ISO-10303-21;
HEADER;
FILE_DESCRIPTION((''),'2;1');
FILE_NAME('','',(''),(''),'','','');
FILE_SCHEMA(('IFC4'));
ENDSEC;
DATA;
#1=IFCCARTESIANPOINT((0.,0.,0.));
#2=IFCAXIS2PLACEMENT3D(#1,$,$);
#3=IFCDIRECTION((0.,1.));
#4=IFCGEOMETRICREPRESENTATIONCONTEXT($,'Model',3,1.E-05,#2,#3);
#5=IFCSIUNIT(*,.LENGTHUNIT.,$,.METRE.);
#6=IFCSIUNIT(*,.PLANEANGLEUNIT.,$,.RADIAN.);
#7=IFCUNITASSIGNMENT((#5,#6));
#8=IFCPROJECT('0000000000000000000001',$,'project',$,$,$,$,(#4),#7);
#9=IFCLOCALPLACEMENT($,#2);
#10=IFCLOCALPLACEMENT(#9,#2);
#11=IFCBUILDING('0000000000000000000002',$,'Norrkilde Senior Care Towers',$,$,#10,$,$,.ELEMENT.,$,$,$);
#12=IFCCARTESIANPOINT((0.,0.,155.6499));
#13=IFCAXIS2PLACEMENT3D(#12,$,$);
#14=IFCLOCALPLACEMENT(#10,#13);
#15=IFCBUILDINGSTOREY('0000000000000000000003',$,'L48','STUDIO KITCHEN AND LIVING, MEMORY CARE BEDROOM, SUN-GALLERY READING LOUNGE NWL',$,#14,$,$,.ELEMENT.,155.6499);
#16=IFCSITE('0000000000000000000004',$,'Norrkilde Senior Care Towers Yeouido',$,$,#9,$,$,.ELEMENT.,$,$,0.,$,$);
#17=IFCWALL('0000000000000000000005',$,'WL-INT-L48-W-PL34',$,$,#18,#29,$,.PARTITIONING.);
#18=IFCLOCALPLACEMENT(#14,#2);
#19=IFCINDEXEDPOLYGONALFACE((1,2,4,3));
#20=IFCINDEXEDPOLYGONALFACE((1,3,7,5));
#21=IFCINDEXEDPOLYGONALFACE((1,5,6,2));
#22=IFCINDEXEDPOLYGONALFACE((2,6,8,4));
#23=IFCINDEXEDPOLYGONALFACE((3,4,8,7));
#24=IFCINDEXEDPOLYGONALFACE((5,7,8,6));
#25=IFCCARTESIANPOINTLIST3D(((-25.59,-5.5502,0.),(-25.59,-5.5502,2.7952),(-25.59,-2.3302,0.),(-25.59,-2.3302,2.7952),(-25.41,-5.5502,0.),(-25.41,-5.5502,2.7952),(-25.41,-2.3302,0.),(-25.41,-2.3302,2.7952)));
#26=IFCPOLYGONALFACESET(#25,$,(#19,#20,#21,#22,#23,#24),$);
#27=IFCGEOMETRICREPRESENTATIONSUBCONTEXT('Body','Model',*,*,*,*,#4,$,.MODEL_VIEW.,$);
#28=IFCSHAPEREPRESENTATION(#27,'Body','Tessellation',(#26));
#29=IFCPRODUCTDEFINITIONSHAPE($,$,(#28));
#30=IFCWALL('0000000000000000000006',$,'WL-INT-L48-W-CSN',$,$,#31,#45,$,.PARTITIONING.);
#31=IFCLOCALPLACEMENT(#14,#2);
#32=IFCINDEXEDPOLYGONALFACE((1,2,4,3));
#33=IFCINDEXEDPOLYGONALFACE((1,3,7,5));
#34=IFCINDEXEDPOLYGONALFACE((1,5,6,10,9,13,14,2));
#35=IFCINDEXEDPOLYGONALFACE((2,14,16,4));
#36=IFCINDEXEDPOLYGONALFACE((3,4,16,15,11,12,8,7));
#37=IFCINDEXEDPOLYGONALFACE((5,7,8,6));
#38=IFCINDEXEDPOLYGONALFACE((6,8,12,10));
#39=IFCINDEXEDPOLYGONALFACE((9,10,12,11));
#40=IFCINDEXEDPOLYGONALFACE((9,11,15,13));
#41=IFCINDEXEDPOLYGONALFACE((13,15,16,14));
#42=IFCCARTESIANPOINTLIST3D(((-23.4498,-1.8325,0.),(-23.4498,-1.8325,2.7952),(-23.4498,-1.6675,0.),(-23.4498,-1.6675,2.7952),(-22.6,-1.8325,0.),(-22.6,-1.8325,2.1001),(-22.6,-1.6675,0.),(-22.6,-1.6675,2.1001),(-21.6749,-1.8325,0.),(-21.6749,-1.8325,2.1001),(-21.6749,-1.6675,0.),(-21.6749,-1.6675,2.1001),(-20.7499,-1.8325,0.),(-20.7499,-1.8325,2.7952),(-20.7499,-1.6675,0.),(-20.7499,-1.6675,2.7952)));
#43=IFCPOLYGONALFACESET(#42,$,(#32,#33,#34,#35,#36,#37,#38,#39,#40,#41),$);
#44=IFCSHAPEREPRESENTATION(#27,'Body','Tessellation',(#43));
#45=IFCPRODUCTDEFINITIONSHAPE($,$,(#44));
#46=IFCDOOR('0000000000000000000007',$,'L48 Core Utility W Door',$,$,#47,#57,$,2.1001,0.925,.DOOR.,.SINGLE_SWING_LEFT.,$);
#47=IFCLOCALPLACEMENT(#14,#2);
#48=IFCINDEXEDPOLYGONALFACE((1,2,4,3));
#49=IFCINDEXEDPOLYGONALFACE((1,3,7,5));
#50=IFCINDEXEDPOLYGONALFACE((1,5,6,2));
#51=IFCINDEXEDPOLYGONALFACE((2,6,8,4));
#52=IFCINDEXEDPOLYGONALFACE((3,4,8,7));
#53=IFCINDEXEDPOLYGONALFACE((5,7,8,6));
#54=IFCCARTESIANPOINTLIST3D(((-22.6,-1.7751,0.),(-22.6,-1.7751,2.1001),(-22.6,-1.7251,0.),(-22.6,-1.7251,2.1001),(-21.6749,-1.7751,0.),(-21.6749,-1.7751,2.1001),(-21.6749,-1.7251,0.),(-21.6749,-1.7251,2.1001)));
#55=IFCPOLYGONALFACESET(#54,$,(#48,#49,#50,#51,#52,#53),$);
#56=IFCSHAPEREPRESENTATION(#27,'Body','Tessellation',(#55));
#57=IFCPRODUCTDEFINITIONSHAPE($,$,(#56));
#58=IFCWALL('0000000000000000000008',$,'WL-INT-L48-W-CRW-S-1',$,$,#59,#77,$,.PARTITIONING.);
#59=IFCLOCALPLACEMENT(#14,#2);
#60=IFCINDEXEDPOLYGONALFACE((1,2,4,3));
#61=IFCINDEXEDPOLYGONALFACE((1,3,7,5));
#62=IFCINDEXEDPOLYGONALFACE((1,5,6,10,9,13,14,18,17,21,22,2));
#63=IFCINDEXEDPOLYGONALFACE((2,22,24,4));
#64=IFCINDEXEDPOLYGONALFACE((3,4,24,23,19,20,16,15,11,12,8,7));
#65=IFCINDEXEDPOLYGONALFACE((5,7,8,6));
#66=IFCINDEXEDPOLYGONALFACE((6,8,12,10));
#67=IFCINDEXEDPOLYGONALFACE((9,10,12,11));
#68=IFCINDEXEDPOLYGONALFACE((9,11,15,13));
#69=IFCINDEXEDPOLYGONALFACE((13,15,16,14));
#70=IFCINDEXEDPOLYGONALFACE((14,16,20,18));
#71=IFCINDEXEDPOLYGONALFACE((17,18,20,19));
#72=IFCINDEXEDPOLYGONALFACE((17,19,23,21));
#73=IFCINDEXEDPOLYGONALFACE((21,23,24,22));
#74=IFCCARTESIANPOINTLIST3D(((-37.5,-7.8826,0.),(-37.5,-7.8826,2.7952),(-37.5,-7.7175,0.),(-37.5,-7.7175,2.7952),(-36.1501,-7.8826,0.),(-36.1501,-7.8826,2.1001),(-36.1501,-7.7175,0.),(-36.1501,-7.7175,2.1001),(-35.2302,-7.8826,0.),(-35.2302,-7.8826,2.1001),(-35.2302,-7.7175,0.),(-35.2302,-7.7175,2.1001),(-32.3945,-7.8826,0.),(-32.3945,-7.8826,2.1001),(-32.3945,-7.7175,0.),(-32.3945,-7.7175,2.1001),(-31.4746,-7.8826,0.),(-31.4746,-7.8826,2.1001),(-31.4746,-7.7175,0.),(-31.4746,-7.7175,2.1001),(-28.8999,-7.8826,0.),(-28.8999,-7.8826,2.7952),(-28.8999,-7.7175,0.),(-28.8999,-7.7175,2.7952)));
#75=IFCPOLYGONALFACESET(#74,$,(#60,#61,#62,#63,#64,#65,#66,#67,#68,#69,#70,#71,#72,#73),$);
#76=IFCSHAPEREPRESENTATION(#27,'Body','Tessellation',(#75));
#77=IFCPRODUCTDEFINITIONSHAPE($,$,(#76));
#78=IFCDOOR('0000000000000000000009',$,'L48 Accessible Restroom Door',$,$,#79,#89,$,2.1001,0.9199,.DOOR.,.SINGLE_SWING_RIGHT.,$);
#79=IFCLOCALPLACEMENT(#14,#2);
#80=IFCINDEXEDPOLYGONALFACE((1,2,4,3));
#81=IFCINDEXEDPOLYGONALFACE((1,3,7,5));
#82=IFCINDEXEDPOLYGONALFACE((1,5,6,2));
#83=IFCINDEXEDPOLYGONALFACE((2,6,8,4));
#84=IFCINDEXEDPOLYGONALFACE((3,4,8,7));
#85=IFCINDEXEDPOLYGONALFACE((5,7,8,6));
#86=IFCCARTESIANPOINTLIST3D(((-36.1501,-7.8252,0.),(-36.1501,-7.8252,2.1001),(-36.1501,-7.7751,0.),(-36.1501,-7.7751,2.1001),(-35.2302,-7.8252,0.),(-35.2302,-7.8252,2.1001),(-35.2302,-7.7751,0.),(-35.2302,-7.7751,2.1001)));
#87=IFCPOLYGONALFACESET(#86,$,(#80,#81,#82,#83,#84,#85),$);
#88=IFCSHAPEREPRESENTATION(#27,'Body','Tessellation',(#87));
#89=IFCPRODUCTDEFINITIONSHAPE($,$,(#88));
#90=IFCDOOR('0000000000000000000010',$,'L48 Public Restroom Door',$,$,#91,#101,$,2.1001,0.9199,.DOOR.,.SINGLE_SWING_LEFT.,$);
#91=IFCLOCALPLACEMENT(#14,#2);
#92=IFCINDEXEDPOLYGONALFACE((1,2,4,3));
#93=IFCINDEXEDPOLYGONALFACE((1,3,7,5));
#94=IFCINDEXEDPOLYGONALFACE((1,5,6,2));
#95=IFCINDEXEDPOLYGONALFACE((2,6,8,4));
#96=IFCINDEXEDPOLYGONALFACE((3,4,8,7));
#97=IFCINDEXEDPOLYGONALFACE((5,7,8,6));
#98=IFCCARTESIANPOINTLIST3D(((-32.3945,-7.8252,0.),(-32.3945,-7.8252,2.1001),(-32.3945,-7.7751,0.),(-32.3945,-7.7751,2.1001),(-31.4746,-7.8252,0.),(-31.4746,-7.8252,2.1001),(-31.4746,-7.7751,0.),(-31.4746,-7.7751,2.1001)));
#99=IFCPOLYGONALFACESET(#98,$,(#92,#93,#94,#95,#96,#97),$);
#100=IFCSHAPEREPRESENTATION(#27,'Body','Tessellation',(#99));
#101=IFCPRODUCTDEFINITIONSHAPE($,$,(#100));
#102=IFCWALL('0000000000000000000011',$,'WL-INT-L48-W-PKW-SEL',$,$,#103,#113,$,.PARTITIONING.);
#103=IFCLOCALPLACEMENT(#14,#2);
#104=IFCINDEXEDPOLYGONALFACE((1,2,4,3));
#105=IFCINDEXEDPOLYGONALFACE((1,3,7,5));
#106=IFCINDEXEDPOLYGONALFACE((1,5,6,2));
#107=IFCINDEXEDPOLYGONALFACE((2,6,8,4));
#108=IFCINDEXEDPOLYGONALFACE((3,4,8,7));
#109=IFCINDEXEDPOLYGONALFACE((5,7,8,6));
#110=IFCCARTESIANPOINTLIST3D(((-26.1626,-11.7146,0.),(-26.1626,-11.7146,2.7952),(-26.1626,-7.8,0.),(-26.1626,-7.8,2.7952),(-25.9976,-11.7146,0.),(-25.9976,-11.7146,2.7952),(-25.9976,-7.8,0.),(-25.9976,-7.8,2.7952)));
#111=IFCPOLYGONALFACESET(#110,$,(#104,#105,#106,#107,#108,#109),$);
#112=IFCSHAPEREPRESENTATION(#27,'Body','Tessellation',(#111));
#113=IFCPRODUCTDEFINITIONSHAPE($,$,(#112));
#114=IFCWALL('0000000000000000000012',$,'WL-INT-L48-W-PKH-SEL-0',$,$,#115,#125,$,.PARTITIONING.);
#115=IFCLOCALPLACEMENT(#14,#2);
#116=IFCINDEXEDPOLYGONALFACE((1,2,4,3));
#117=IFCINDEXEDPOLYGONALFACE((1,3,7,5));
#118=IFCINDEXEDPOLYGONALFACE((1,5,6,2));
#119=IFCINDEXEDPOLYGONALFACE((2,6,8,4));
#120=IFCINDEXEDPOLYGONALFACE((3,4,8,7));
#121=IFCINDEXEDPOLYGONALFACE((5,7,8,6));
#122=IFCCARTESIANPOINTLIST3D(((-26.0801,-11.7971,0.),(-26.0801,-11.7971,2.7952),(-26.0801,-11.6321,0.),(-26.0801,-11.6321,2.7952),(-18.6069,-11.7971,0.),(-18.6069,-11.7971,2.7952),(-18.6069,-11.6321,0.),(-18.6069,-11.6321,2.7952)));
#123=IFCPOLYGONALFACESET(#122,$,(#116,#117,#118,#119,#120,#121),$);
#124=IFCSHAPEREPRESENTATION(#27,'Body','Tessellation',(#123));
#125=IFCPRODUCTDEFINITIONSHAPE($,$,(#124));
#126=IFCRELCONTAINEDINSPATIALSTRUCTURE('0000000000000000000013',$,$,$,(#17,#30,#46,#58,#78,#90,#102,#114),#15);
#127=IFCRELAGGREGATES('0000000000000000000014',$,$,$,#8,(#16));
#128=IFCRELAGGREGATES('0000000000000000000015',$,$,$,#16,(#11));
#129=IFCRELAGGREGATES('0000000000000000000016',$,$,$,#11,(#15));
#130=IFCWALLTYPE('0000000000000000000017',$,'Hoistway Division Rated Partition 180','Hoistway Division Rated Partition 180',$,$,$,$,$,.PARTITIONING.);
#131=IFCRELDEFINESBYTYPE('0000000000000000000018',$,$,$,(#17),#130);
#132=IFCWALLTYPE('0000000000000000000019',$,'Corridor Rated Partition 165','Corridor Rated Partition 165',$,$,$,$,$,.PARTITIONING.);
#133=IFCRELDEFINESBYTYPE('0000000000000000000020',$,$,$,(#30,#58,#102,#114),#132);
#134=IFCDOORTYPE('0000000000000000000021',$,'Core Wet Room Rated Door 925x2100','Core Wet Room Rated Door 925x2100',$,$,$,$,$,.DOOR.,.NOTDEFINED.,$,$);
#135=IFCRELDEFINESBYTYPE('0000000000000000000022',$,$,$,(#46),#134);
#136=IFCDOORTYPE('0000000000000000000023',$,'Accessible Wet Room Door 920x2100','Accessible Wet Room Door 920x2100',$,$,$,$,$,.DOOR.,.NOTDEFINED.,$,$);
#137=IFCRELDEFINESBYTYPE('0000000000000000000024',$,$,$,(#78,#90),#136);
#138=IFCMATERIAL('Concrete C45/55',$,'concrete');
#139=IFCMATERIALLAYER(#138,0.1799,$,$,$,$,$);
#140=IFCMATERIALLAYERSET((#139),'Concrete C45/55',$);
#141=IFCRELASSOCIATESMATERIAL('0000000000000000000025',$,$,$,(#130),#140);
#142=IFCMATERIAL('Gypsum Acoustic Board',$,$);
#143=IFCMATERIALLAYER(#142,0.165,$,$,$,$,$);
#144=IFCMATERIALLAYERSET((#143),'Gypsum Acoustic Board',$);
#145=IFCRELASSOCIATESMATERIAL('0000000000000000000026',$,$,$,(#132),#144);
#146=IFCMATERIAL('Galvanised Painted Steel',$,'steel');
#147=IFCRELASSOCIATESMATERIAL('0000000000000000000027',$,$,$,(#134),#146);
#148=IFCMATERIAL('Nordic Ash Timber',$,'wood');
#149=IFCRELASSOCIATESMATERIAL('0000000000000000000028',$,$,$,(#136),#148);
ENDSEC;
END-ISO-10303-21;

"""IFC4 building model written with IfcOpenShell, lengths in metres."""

from ifc_helpers import new_model, si_unit, direction, frame, frame_2d, origin, place, context, subcontext, project, spatial, rectangle, extrude, source, transform, mapped, material, layer, layer_set, type_object, type_shapes, element, fill, save


model = new_model("IFC4")

# Units and contexts
model_context = context("Model", 3, precision=1e-05, world=origin(), true_north=direction((0.0, 1.0)))
body_context = subcontext(model_context, "Body", "Model", "MODEL_VIEW")
ifc_project = project(units=[si_unit("LENGTHUNIT", "METRE"), si_unit("PLANEANGLEUNIT", "RADIAN")], contexts=[model_context])

# Site, building, storey
site_placement = place(None, origin())
site = spatial("IfcSite", under=ifc_project, at=site_placement, Name="Norrkilde Senior Care Towers Yeouido", CompositionType="ELEMENT", RefElevation=0.0)
building_placement = place(site_placement, origin())
building = spatial("IfcBuilding", under=site, at=building_placement, Name="Norrkilde Senior Care Towers", CompositionType="ELEMENT")
storey_placement = place(building_placement, frame((0.0, 0.0, 155.6499)))
storey = spatial("IfcBuildingStorey", under=building, at=storey_placement, Name="L48", Description="STUDIO KITCHEN AND LIVING, MEMORY CARE BEDROOM, SUN-GALLERY READING LOUNGE NWL", CompositionType="ELEMENT", Elevation=155.6499)

# Shared definitions
ifc_material_1 = material(Name="Concrete C45/55", Category="concrete")

# Wall
ifc_layer_1 = layer(ifc_material_1, 0.1799)
ifc_layer_set_1 = layer_set([ifc_layer_1], Name="Concrete C45/55")
wall_type_1 = type_object("IfcWallType", Name="Hoistway Division Rated Partition 180", Description="Hoistway Division Rated Partition 180", PredefinedType="PARTITIONING", material=ifc_layer_set_1)
shared_shape_1 = source(origin(), body_context, "Body", "SweptSolid", [
    extrude(rectangle(XDim=3.22, YDim=0.1799, at=frame_2d((1.6099, 0.0))), origin(), (0.0, 0.0, 1.0), 2.7952),
])
type_shapes(wall_type_1, [shared_shape_1])
wall_1_placement = place(storey_placement, frame((-25.5, -5.55, 0.0), z_axis=(0.0, 0.0, 1.0), x_axis=(0.0, 1.0, 0.0)))
element("IfcWall", 1, at=wall_1_placement, inside=storey, type_object=wall_type_1, Name="WL-INT-L48-W-PL34", PredefinedType="PARTITIONING", context=body_context, shape_type="MappedRepresentation", body=[
    mapped(shared_shape_1, transform((0.0, 0.0, 0.0), x_axis=(1.0, 0.0, 0.0), y_axis=(0.0, 1.0, 0.0), z_axis=(0.0, 0.0, 1.0), scale=1.0)),
])

# Wall, opening, door
ifc_material_2 = material(Name="Gypsum Acoustic Board")
ifc_layer_2 = layer(ifc_material_2, 0.165)
ifc_layer_set_2 = layer_set([ifc_layer_2], Name="Gypsum Acoustic Board")
wall_type_2 = type_object("IfcWallType", Name="Corridor Rated Partition 165", Description="Corridor Rated Partition 165", PredefinedType="PARTITIONING", material=ifc_layer_set_2)
shared_shape_2 = source(origin(), body_context, "Body", "SweptSolid", [
    extrude(rectangle(XDim=2.7, YDim=0.165, at=frame_2d((1.3501, 0.0))), origin(), (0.0, 0.0, 1.0), 2.7952),
])
wall_2_placement = place(storey_placement, frame((-23.45, -1.75, 0.0), z_axis=(0.0, 0.0, 1.0), x_axis=(1.0, 0.0, 0.0)))
wall_2 = element("IfcWall", 2, at=wall_2_placement, inside=storey, type_object=wall_type_2, Name="WL-INT-L48-W-CSN", PredefinedType="PARTITIONING", context=body_context, shape_type="MappedRepresentation", body=[
    mapped(shared_shape_2, transform((0.0, 0.0, 0.0), x_axis=(1.0, 0.0, 0.0), y_axis=(0.0, 1.0, 0.0), z_axis=(0.0, 0.0, 1.0), scale=1.0)),
])
opening_1_placement = place(wall_2_placement, frame((0.8501, 0.0, 0.0)))
opening_1 = element("IfcOpeningElement", 3, at=opening_1_placement, cuts=wall_2, PredefinedType="OPENING", context=body_context, shape_type="SweptSolid", body=[
    extrude(rectangle(XDim=0.925, YDim=2.1001, at=frame_2d((0.4624, 1.05))), frame((0.0, 0.0925, 0.0), z_axis=(0.0, -1.0, 0.0), x_axis=(1.0, 0.0, 0.0)), (0.0, 0.0, 1.0), 0.1851),
])
ifc_material_3 = material(Name="Galvanised Painted Steel", Category="steel")
door_type_1 = type_object("IfcDoorType", Name="Core Wet Room Rated Door 925x2100", Description="Core Wet Room Rated Door 925x2100", OperationType="NOTDEFINED", PredefinedType="DOOR", material=ifc_material_3)
shared_shape_3 = source(origin(), body_context, "Body", "SweptSolid", [
    extrude(rectangle(XDim=0.925, YDim=2.1001, at=frame_2d((0.4624, 1.05))), frame((0.0, 0.0249, 0.0), z_axis=(0.0, -1.0, 0.0), x_axis=(1.0, 0.0, 0.0)), (0.0, 0.0, 1.0), 0.05),
])
type_shapes(door_type_1, [shared_shape_3])
door_1_placement = place(opening_1_placement, origin())
door_1 = element("IfcDoor", 4, at=door_1_placement, inside=storey, type_object=door_type_1, Name="L48 Core Utility W Door", OperationType="SINGLE_SWING_LEFT", OverallHeight=2.1001, OverallWidth=0.925, PredefinedType="DOOR", context=body_context, shape_type="MappedRepresentation", body=[
    mapped(shared_shape_3, transform((0.0, 0.0, 0.0), x_axis=(1.0, 0.0, 0.0), y_axis=(0.0, 1.0, 0.0), z_axis=(0.0, 0.0, 1.0), scale=1.0)),
])
fill(opening_1, door_1)

# Wall, openings, doors
shared_shape_4 = source(origin(), body_context, "Body", "SweptSolid", [
    extrude(rectangle(XDim=8.6001, YDim=0.165, at=frame_2d((4.3, 0.0))), origin(), (0.0, 0.0, 1.0), 2.7952),
])
wall_3_placement = place(storey_placement, frame((-28.8999, -7.8, 0.0), z_axis=(0.0, 0.0, 1.0), x_axis=(-1.0, 0.0, 0.0)))
wall_3 = element("IfcWall", 5, at=wall_3_placement, inside=storey, type_object=wall_type_2, Name="WL-INT-L48-W-CRW-S-1", PredefinedType="PARTITIONING", context=body_context, shape_type="MappedRepresentation", body=[
    mapped(shared_shape_4, transform((0.0, 0.0, 0.0), x_axis=(1.0, 0.0, 0.0), y_axis=(0.0, 1.0, 0.0), z_axis=(0.0, 0.0, 1.0), scale=1.0)),
])
opening_2_placement = place(wall_3_placement, frame((6.3303, 0.0, 0.0)))
opening_2 = element("IfcOpeningElement", 6, at=opening_2_placement, cuts=wall_3, PredefinedType="OPENING", context=body_context, shape_type="SweptSolid", body=[
    extrude(rectangle(XDim=0.9199, YDim=2.1001, at=frame_2d((0.46, 1.05))), frame((0.0, 0.0925, 0.0), z_axis=(0.0, -1.0, 0.0), x_axis=(1.0, 0.0, 0.0)), (0.0, 0.0, 1.0), 0.1851),
])
opening_3_placement = place(wall_3_placement, frame((2.5747, 0.0, 0.0)))
opening_3 = element("IfcOpeningElement", 7, at=opening_3_placement, cuts=wall_3, PredefinedType="OPENING", context=body_context, shape_type="SweptSolid", body=[
    extrude(rectangle(XDim=0.9199, YDim=2.1001, at=frame_2d((0.46, 1.05))), frame((0.0, 0.0925, 0.0), z_axis=(0.0, -1.0, 0.0), x_axis=(1.0, 0.0, 0.0)), (0.0, 0.0, 1.0), 0.1851),
])
ifc_material_4 = material(Name="Nordic Ash Timber", Category="wood")
door_type_2 = type_object("IfcDoorType", Name="Accessible Wet Room Door 920x2100", Description="Accessible Wet Room Door 920x2100", OperationType="NOTDEFINED", PredefinedType="DOOR", material=ifc_material_4)
shared_shape_5 = source(origin(), body_context, "Body", "SweptSolid", [
    extrude(rectangle(XDim=0.9199, YDim=2.1001, at=frame_2d((0.46, 1.05))), frame((0.0, 0.0249, 0.0), z_axis=(0.0, -1.0, 0.0), x_axis=(1.0, 0.0, 0.0)), (0.0, 0.0, 1.0), 0.05),
])
type_shapes(door_type_2, [shared_shape_5])
door_2_placement = place(opening_2_placement, frame((0.9199, 0.0, 0.0), z_axis=(0.0, 0.0, 1.0), x_axis=(-1.0, 0.0, 0.0)))
door_2 = element("IfcDoor", 8, at=door_2_placement, inside=storey, type_object=door_type_2, Name="L48 Accessible Restroom Door", OperationType="SINGLE_SWING_RIGHT", OverallHeight=2.1001, OverallWidth=0.9199, PredefinedType="DOOR", context=body_context, shape_type="MappedRepresentation", body=[
    mapped(shared_shape_5, transform((0.0, 0.0, 0.0), x_axis=(1.0, 0.0, 0.0), y_axis=(0.0, 1.0, 0.0), z_axis=(0.0, 0.0, 1.0), scale=1.0)),
])
fill(opening_2, door_2)
door_3_placement = place(opening_3_placement, frame((0.9199, 0.0, 0.0), z_axis=(0.0, 0.0, 1.0), x_axis=(-1.0, 0.0, 0.0)))
door_3 = element("IfcDoor", 9, at=door_3_placement, inside=storey, type_object=door_type_2, Name="L48 Public Restroom Door", OperationType="SINGLE_SWING_LEFT", OverallHeight=2.1001, OverallWidth=0.9199, PredefinedType="DOOR", context=body_context, shape_type="MappedRepresentation", body=[
    mapped(shared_shape_5, transform((0.0, 0.0, 0.0), x_axis=(1.0, 0.0, 0.0), y_axis=(0.0, 1.0, 0.0), z_axis=(0.0, 0.0, 1.0), scale=1.0)),
])
fill(opening_3, door_3)

# Walls
shared_shape_6 = source(origin(), body_context, "Body", "SweptSolid", [
    extrude(rectangle(XDim=3.9146, YDim=0.165, at=frame_2d((1.9573, 0.0))), origin(), (0.0, 0.0, 1.0), 2.7952),
])
wall_4_placement = place(storey_placement, frame((-26.0801, -11.7146, 0.0), z_axis=(0.0, 0.0, 1.0), x_axis=(0.0, 1.0, 0.0)))
element("IfcWall", 10, at=wall_4_placement, inside=storey, type_object=wall_type_2, Name="WL-INT-L48-W-PKW-SEL", PredefinedType="PARTITIONING", context=body_context, shape_type="MappedRepresentation", body=[
    mapped(shared_shape_6, transform((0.0, 0.0, 0.0), x_axis=(1.0, 0.0, 0.0), y_axis=(0.0, 1.0, 0.0), z_axis=(0.0, 0.0, 1.0), scale=1.0)),
])
shared_shape_7 = source(origin(), body_context, "Body", "SweptSolid", [
    extrude(rectangle(XDim=7.4731, YDim=0.165, at=frame_2d((3.7366, 0.0))), origin(), (0.0, 0.0, 1.0), 2.7952),
])
type_shapes(wall_type_2, [shared_shape_2, shared_shape_4, shared_shape_6, shared_shape_7])
wall_5_placement = place(storey_placement, frame((-26.0801, -11.7146, 0.0), z_axis=(0.0, 0.0, 1.0), x_axis=(1.0, 0.0, 0.0)))
element("IfcWall", 11, at=wall_5_placement, inside=storey, type_object=wall_type_2, Name="WL-INT-L48-W-PKH-SEL-0", PredefinedType="PARTITIONING", context=body_context, shape_type="MappedRepresentation", body=[
    mapped(shared_shape_7, transform((0.0, 0.0, 0.0), x_axis=(1.0, 0.0, 0.0), y_axis=(0.0, 1.0, 0.0), z_axis=(0.0, 0.0, 1.0), scale=1.0)),
])

save(model, "model.ifc")
